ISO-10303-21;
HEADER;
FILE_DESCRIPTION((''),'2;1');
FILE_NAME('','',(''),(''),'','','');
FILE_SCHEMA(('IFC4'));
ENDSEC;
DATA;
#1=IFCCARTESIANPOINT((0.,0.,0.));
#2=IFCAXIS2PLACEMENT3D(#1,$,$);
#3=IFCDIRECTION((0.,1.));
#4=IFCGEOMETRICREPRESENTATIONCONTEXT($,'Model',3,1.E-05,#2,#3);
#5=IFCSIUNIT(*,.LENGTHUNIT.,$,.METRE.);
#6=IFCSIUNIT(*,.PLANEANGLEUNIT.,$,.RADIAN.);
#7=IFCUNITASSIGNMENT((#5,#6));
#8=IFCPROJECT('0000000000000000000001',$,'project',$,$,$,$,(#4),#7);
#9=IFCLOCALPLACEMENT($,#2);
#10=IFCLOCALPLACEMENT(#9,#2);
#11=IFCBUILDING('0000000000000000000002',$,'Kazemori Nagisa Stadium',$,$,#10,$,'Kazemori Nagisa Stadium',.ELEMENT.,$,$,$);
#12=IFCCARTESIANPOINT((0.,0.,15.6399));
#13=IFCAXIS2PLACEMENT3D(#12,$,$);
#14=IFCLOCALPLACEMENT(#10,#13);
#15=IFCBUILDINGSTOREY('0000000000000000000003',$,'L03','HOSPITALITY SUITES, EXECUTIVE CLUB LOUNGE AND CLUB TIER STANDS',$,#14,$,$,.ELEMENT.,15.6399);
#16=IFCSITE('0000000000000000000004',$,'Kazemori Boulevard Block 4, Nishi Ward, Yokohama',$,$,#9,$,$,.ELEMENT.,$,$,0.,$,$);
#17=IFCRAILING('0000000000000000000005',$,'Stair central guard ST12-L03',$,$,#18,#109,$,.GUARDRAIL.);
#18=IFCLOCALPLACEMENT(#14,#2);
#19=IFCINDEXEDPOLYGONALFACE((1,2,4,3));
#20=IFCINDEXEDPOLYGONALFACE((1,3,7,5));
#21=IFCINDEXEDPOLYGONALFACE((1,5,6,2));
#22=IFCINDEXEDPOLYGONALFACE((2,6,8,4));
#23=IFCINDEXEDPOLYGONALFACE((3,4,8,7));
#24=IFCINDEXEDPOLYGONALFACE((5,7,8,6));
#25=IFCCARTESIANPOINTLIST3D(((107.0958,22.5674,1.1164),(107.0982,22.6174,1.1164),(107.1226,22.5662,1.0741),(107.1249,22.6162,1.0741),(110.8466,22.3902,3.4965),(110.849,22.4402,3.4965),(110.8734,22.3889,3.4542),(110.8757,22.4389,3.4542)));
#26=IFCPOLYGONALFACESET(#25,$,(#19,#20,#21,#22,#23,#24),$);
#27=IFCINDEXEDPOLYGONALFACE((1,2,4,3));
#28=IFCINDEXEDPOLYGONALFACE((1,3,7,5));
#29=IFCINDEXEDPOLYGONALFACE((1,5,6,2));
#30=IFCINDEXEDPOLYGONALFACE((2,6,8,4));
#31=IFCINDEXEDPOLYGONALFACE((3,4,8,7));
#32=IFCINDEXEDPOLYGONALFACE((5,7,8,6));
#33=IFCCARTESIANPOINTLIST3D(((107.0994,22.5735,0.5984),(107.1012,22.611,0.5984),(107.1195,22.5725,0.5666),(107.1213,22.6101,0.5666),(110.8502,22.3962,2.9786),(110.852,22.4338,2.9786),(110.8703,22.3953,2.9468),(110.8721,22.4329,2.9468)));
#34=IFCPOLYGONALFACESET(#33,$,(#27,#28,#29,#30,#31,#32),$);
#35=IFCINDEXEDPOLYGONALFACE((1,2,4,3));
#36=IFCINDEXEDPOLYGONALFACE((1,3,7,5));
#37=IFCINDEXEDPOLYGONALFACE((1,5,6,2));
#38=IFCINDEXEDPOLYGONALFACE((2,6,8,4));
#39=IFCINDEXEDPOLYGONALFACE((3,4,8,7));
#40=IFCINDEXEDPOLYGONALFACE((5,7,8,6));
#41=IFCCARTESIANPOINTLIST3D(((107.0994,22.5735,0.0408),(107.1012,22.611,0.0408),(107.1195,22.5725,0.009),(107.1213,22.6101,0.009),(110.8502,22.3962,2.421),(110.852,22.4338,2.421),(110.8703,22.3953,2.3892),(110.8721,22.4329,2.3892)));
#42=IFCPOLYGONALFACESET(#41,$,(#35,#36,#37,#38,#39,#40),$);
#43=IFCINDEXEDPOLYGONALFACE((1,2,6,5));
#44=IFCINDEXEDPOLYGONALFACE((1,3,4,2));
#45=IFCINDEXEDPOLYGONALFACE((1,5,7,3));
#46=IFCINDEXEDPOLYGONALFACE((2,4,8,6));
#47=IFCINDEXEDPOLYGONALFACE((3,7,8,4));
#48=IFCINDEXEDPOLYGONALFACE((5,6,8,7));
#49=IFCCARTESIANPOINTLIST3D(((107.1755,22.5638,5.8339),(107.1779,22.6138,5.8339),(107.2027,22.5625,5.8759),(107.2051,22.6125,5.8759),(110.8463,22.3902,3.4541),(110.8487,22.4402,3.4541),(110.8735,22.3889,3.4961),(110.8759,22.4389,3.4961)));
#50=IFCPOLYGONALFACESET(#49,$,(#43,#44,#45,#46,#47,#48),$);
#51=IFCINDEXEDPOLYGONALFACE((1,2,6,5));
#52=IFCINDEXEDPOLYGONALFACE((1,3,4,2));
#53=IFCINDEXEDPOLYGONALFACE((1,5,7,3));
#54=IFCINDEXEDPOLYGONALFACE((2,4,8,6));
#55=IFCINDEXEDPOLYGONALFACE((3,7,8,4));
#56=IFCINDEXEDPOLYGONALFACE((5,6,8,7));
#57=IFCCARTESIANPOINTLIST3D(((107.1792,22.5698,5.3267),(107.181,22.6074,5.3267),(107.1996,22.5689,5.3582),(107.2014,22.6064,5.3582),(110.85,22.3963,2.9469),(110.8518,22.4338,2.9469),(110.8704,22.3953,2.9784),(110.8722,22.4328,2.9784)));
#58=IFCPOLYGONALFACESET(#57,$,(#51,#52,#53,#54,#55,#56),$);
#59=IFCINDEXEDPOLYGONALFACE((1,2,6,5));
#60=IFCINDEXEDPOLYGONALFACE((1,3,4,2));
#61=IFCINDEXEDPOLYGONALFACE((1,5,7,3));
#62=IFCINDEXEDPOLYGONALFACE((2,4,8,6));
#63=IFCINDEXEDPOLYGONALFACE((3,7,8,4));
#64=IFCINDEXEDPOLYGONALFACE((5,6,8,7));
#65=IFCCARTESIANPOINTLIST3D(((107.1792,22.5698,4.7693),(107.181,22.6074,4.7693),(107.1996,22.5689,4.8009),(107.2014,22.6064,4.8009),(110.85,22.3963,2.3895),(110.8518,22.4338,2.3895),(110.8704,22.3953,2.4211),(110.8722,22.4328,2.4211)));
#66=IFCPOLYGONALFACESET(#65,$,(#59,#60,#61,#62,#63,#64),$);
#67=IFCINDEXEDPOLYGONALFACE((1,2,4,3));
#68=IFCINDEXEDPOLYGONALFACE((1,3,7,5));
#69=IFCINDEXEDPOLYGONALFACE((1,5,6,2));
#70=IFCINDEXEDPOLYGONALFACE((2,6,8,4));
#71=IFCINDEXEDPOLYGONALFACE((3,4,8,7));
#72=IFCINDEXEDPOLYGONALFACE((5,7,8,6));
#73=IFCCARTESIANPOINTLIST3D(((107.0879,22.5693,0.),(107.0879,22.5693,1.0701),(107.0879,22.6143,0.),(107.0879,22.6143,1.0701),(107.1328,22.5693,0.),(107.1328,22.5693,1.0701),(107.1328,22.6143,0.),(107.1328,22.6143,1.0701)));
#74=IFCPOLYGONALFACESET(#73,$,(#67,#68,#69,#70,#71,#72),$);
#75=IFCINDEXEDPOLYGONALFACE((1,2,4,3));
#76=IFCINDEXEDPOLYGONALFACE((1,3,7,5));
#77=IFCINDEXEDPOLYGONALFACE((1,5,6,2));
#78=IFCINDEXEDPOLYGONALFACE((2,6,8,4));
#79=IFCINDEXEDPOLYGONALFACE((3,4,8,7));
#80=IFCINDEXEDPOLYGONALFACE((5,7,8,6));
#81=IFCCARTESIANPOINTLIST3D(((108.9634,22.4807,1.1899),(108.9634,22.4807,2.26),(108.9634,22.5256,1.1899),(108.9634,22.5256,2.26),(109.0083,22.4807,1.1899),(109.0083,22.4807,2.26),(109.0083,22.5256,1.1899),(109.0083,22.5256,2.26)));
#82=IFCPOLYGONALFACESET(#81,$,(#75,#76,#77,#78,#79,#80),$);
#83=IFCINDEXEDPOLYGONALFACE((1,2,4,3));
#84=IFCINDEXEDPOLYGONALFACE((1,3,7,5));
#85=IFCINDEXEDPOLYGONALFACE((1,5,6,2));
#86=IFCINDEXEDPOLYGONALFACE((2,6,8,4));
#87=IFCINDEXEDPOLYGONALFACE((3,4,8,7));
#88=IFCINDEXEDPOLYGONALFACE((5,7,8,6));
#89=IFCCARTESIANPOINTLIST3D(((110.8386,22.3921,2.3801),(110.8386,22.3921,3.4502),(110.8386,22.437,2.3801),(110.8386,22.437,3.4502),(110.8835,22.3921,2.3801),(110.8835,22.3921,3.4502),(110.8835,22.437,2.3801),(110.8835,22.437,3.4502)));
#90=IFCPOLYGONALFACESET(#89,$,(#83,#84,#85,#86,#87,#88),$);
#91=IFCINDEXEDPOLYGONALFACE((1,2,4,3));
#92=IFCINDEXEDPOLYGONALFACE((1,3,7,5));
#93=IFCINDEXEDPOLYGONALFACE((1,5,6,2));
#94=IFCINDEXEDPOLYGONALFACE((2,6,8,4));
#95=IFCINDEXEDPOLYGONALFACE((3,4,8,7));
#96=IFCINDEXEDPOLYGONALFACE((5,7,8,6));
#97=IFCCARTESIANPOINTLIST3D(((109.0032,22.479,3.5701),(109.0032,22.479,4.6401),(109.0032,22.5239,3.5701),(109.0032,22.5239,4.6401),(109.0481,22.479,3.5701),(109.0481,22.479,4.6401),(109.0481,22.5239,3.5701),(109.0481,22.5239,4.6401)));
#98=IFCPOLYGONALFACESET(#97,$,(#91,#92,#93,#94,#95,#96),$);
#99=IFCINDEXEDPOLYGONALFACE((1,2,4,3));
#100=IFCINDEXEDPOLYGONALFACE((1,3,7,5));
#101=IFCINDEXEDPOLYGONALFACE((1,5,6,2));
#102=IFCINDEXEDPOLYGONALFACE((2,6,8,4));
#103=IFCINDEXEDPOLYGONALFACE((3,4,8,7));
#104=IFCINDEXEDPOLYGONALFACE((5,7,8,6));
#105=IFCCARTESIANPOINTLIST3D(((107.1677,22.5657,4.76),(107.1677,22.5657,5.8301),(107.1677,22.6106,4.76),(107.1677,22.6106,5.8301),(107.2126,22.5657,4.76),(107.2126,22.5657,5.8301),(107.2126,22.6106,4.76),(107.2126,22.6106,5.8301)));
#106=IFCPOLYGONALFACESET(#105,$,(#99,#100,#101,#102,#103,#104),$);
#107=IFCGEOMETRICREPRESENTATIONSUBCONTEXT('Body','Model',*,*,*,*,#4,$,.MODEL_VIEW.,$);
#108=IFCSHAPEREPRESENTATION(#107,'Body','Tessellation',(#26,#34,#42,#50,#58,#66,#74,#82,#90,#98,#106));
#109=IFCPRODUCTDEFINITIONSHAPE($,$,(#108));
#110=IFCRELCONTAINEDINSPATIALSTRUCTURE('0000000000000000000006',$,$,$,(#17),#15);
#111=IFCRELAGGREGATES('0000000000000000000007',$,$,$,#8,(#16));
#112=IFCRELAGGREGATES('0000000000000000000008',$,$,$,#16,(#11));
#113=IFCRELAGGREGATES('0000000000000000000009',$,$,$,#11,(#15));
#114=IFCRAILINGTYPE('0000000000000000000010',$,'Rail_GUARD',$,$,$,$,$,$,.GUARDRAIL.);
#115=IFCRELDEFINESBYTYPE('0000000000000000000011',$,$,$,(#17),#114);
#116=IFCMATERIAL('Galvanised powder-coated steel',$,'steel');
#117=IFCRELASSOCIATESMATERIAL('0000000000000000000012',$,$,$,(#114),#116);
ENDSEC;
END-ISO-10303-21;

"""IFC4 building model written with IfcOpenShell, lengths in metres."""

from ifc_helpers import new_model, si_unit, direction, frame, origin, origin_2d, place, context, subcontext, project, spatial, rectangle, extrude, material, type_object, element, save


model = new_model("IFC4")

# Units and contexts
model_context = context("Model", 3, precision=1e-05, world=origin(), true_north=direction((0.0, 1.0)))
body_context = subcontext(model_context, "Body", "Model", "MODEL_VIEW")
ifc_project = project(units=[si_unit("LENGTHUNIT", "METRE"), si_unit("PLANEANGLEUNIT", "RADIAN")], contexts=[model_context])

# Site, building, storey
site_placement = place(None, origin())
site = spatial("IfcSite", under=ifc_project, at=site_placement, Name="Kazemori Boulevard Block 4, Nishi Ward, Yokohama", CompositionType="ELEMENT", RefElevation=0.0)
building_placement = place(site_placement, origin())
building = spatial("IfcBuilding", under=site, at=building_placement, Name="Kazemori Nagisa Stadium", LongName="Kazemori Nagisa Stadium", CompositionType="ELEMENT")
storey_placement = place(building_placement, frame((0.0, 0.0, 15.6399)))
storey = spatial("IfcBuildingStorey", under=building, at=storey_placement, Name="L03", Description="HOSPITALITY SUITES, EXECUTIVE CLUB LOUNGE AND CLUB TIER STANDS", CompositionType="ELEMENT", Elevation=15.6399)

# Railing
ifc_material_1 = material(Name="Galvanised powder-coated steel", Category="steel")
railing_type_1 = type_object("IfcRailingType", Name="Rail_GUARD", PredefinedType="GUARDRAIL", material=ifc_material_1)
railing_1_placement = place(storey_placement, frame((107.1104, 22.5918, 0.0)))
element("IfcRailing", 1, at=railing_1_placement, inside=storey, type_object=railing_type_1, Name="Stair central guard ST12-L03", PredefinedType="GUARDRAIL", context=body_context, shape_type="SweptSolid", body=[
    extrude(rectangle(XDim=0.05, YDim=0.05, at=origin_2d()), frame((0.0, 0.0, 1.0952), z_axis=(0.843673, -0.039869, 0.535375), x_axis=(0.047204, 0.998885, 0.0)), (0.0, 0.0, 1.0), 4.4458),
    extrude(rectangle(XDim=0.0376, YDim=0.0376, at=origin_2d()), frame((0.0, 0.0, 0.5825), z_axis=(0.843673, -0.039869, 0.535375), x_axis=(0.047204, 0.998885, 0.0)), (0.0, 0.0, 1.0), 4.4458),
    extrude(rectangle(XDim=0.0376, YDim=0.0376, at=origin_2d()), frame((0.0, 0.0, 0.0249), z_axis=(0.843673, -0.039869, 0.535375), x_axis=(0.047204, 0.998885, 0.0)), (0.0, 0.0, 1.0), 4.4458),
    extrude(rectangle(XDim=0.05, YDim=0.05, at=origin_2d()), frame((3.7507, -0.1772, 3.4751), z_axis=(-0.838431, 0.039646, 0.543564), x_axis=(-0.047234, -0.998884, 0.0)), (0.0, 0.0, 1.0), 4.3782),
    extrude(rectangle(XDim=0.0376, YDim=0.0376, at=origin_2d()), frame((3.7507, -0.1772, 2.9626), z_axis=(-0.838431, 0.039646, 0.543564), x_axis=(-0.047234, -0.998884, 0.0)), (0.0, 0.0, 1.0), 4.3782),
    extrude(rectangle(XDim=0.0376, YDim=0.0376, at=origin_2d()), frame((3.7507, -0.1772, 2.4053), z_axis=(-0.838431, 0.039646, 0.543564), x_axis=(-0.047234, -0.998884, 0.0)), (0.0, 0.0, 1.0), 4.3782),
    extrude(rectangle(XDim=0.0449, YDim=0.0449, at=origin_2d()), origin(), (0.0, 0.0, 1.0), 1.0701),
    extrude(rectangle(XDim=0.0449, YDim=0.0449, at=origin_2d()), frame((1.8755, -0.0886, 1.1899)), (0.0, 0.0, 1.0), 1.0701),
    extrude(rectangle(XDim=0.0449, YDim=0.0449, at=origin_2d()), frame((3.7507, -0.1772, 2.3801)), (0.0, 0.0, 1.0), 1.0701),
    extrude(rectangle(XDim=0.0449, YDim=0.0449, at=origin_2d()), frame((1.9153, -0.0903, 3.5701)), (0.0, 0.0, 1.0), 1.0701),
    extrude(rectangle(XDim=0.0449, YDim=0.0449, at=origin_2d()), frame((0.0798, -0.0037, 4.76)), (0.0, 0.0, 1.0), 1.0701),
])

save(model, "model.ifc")
